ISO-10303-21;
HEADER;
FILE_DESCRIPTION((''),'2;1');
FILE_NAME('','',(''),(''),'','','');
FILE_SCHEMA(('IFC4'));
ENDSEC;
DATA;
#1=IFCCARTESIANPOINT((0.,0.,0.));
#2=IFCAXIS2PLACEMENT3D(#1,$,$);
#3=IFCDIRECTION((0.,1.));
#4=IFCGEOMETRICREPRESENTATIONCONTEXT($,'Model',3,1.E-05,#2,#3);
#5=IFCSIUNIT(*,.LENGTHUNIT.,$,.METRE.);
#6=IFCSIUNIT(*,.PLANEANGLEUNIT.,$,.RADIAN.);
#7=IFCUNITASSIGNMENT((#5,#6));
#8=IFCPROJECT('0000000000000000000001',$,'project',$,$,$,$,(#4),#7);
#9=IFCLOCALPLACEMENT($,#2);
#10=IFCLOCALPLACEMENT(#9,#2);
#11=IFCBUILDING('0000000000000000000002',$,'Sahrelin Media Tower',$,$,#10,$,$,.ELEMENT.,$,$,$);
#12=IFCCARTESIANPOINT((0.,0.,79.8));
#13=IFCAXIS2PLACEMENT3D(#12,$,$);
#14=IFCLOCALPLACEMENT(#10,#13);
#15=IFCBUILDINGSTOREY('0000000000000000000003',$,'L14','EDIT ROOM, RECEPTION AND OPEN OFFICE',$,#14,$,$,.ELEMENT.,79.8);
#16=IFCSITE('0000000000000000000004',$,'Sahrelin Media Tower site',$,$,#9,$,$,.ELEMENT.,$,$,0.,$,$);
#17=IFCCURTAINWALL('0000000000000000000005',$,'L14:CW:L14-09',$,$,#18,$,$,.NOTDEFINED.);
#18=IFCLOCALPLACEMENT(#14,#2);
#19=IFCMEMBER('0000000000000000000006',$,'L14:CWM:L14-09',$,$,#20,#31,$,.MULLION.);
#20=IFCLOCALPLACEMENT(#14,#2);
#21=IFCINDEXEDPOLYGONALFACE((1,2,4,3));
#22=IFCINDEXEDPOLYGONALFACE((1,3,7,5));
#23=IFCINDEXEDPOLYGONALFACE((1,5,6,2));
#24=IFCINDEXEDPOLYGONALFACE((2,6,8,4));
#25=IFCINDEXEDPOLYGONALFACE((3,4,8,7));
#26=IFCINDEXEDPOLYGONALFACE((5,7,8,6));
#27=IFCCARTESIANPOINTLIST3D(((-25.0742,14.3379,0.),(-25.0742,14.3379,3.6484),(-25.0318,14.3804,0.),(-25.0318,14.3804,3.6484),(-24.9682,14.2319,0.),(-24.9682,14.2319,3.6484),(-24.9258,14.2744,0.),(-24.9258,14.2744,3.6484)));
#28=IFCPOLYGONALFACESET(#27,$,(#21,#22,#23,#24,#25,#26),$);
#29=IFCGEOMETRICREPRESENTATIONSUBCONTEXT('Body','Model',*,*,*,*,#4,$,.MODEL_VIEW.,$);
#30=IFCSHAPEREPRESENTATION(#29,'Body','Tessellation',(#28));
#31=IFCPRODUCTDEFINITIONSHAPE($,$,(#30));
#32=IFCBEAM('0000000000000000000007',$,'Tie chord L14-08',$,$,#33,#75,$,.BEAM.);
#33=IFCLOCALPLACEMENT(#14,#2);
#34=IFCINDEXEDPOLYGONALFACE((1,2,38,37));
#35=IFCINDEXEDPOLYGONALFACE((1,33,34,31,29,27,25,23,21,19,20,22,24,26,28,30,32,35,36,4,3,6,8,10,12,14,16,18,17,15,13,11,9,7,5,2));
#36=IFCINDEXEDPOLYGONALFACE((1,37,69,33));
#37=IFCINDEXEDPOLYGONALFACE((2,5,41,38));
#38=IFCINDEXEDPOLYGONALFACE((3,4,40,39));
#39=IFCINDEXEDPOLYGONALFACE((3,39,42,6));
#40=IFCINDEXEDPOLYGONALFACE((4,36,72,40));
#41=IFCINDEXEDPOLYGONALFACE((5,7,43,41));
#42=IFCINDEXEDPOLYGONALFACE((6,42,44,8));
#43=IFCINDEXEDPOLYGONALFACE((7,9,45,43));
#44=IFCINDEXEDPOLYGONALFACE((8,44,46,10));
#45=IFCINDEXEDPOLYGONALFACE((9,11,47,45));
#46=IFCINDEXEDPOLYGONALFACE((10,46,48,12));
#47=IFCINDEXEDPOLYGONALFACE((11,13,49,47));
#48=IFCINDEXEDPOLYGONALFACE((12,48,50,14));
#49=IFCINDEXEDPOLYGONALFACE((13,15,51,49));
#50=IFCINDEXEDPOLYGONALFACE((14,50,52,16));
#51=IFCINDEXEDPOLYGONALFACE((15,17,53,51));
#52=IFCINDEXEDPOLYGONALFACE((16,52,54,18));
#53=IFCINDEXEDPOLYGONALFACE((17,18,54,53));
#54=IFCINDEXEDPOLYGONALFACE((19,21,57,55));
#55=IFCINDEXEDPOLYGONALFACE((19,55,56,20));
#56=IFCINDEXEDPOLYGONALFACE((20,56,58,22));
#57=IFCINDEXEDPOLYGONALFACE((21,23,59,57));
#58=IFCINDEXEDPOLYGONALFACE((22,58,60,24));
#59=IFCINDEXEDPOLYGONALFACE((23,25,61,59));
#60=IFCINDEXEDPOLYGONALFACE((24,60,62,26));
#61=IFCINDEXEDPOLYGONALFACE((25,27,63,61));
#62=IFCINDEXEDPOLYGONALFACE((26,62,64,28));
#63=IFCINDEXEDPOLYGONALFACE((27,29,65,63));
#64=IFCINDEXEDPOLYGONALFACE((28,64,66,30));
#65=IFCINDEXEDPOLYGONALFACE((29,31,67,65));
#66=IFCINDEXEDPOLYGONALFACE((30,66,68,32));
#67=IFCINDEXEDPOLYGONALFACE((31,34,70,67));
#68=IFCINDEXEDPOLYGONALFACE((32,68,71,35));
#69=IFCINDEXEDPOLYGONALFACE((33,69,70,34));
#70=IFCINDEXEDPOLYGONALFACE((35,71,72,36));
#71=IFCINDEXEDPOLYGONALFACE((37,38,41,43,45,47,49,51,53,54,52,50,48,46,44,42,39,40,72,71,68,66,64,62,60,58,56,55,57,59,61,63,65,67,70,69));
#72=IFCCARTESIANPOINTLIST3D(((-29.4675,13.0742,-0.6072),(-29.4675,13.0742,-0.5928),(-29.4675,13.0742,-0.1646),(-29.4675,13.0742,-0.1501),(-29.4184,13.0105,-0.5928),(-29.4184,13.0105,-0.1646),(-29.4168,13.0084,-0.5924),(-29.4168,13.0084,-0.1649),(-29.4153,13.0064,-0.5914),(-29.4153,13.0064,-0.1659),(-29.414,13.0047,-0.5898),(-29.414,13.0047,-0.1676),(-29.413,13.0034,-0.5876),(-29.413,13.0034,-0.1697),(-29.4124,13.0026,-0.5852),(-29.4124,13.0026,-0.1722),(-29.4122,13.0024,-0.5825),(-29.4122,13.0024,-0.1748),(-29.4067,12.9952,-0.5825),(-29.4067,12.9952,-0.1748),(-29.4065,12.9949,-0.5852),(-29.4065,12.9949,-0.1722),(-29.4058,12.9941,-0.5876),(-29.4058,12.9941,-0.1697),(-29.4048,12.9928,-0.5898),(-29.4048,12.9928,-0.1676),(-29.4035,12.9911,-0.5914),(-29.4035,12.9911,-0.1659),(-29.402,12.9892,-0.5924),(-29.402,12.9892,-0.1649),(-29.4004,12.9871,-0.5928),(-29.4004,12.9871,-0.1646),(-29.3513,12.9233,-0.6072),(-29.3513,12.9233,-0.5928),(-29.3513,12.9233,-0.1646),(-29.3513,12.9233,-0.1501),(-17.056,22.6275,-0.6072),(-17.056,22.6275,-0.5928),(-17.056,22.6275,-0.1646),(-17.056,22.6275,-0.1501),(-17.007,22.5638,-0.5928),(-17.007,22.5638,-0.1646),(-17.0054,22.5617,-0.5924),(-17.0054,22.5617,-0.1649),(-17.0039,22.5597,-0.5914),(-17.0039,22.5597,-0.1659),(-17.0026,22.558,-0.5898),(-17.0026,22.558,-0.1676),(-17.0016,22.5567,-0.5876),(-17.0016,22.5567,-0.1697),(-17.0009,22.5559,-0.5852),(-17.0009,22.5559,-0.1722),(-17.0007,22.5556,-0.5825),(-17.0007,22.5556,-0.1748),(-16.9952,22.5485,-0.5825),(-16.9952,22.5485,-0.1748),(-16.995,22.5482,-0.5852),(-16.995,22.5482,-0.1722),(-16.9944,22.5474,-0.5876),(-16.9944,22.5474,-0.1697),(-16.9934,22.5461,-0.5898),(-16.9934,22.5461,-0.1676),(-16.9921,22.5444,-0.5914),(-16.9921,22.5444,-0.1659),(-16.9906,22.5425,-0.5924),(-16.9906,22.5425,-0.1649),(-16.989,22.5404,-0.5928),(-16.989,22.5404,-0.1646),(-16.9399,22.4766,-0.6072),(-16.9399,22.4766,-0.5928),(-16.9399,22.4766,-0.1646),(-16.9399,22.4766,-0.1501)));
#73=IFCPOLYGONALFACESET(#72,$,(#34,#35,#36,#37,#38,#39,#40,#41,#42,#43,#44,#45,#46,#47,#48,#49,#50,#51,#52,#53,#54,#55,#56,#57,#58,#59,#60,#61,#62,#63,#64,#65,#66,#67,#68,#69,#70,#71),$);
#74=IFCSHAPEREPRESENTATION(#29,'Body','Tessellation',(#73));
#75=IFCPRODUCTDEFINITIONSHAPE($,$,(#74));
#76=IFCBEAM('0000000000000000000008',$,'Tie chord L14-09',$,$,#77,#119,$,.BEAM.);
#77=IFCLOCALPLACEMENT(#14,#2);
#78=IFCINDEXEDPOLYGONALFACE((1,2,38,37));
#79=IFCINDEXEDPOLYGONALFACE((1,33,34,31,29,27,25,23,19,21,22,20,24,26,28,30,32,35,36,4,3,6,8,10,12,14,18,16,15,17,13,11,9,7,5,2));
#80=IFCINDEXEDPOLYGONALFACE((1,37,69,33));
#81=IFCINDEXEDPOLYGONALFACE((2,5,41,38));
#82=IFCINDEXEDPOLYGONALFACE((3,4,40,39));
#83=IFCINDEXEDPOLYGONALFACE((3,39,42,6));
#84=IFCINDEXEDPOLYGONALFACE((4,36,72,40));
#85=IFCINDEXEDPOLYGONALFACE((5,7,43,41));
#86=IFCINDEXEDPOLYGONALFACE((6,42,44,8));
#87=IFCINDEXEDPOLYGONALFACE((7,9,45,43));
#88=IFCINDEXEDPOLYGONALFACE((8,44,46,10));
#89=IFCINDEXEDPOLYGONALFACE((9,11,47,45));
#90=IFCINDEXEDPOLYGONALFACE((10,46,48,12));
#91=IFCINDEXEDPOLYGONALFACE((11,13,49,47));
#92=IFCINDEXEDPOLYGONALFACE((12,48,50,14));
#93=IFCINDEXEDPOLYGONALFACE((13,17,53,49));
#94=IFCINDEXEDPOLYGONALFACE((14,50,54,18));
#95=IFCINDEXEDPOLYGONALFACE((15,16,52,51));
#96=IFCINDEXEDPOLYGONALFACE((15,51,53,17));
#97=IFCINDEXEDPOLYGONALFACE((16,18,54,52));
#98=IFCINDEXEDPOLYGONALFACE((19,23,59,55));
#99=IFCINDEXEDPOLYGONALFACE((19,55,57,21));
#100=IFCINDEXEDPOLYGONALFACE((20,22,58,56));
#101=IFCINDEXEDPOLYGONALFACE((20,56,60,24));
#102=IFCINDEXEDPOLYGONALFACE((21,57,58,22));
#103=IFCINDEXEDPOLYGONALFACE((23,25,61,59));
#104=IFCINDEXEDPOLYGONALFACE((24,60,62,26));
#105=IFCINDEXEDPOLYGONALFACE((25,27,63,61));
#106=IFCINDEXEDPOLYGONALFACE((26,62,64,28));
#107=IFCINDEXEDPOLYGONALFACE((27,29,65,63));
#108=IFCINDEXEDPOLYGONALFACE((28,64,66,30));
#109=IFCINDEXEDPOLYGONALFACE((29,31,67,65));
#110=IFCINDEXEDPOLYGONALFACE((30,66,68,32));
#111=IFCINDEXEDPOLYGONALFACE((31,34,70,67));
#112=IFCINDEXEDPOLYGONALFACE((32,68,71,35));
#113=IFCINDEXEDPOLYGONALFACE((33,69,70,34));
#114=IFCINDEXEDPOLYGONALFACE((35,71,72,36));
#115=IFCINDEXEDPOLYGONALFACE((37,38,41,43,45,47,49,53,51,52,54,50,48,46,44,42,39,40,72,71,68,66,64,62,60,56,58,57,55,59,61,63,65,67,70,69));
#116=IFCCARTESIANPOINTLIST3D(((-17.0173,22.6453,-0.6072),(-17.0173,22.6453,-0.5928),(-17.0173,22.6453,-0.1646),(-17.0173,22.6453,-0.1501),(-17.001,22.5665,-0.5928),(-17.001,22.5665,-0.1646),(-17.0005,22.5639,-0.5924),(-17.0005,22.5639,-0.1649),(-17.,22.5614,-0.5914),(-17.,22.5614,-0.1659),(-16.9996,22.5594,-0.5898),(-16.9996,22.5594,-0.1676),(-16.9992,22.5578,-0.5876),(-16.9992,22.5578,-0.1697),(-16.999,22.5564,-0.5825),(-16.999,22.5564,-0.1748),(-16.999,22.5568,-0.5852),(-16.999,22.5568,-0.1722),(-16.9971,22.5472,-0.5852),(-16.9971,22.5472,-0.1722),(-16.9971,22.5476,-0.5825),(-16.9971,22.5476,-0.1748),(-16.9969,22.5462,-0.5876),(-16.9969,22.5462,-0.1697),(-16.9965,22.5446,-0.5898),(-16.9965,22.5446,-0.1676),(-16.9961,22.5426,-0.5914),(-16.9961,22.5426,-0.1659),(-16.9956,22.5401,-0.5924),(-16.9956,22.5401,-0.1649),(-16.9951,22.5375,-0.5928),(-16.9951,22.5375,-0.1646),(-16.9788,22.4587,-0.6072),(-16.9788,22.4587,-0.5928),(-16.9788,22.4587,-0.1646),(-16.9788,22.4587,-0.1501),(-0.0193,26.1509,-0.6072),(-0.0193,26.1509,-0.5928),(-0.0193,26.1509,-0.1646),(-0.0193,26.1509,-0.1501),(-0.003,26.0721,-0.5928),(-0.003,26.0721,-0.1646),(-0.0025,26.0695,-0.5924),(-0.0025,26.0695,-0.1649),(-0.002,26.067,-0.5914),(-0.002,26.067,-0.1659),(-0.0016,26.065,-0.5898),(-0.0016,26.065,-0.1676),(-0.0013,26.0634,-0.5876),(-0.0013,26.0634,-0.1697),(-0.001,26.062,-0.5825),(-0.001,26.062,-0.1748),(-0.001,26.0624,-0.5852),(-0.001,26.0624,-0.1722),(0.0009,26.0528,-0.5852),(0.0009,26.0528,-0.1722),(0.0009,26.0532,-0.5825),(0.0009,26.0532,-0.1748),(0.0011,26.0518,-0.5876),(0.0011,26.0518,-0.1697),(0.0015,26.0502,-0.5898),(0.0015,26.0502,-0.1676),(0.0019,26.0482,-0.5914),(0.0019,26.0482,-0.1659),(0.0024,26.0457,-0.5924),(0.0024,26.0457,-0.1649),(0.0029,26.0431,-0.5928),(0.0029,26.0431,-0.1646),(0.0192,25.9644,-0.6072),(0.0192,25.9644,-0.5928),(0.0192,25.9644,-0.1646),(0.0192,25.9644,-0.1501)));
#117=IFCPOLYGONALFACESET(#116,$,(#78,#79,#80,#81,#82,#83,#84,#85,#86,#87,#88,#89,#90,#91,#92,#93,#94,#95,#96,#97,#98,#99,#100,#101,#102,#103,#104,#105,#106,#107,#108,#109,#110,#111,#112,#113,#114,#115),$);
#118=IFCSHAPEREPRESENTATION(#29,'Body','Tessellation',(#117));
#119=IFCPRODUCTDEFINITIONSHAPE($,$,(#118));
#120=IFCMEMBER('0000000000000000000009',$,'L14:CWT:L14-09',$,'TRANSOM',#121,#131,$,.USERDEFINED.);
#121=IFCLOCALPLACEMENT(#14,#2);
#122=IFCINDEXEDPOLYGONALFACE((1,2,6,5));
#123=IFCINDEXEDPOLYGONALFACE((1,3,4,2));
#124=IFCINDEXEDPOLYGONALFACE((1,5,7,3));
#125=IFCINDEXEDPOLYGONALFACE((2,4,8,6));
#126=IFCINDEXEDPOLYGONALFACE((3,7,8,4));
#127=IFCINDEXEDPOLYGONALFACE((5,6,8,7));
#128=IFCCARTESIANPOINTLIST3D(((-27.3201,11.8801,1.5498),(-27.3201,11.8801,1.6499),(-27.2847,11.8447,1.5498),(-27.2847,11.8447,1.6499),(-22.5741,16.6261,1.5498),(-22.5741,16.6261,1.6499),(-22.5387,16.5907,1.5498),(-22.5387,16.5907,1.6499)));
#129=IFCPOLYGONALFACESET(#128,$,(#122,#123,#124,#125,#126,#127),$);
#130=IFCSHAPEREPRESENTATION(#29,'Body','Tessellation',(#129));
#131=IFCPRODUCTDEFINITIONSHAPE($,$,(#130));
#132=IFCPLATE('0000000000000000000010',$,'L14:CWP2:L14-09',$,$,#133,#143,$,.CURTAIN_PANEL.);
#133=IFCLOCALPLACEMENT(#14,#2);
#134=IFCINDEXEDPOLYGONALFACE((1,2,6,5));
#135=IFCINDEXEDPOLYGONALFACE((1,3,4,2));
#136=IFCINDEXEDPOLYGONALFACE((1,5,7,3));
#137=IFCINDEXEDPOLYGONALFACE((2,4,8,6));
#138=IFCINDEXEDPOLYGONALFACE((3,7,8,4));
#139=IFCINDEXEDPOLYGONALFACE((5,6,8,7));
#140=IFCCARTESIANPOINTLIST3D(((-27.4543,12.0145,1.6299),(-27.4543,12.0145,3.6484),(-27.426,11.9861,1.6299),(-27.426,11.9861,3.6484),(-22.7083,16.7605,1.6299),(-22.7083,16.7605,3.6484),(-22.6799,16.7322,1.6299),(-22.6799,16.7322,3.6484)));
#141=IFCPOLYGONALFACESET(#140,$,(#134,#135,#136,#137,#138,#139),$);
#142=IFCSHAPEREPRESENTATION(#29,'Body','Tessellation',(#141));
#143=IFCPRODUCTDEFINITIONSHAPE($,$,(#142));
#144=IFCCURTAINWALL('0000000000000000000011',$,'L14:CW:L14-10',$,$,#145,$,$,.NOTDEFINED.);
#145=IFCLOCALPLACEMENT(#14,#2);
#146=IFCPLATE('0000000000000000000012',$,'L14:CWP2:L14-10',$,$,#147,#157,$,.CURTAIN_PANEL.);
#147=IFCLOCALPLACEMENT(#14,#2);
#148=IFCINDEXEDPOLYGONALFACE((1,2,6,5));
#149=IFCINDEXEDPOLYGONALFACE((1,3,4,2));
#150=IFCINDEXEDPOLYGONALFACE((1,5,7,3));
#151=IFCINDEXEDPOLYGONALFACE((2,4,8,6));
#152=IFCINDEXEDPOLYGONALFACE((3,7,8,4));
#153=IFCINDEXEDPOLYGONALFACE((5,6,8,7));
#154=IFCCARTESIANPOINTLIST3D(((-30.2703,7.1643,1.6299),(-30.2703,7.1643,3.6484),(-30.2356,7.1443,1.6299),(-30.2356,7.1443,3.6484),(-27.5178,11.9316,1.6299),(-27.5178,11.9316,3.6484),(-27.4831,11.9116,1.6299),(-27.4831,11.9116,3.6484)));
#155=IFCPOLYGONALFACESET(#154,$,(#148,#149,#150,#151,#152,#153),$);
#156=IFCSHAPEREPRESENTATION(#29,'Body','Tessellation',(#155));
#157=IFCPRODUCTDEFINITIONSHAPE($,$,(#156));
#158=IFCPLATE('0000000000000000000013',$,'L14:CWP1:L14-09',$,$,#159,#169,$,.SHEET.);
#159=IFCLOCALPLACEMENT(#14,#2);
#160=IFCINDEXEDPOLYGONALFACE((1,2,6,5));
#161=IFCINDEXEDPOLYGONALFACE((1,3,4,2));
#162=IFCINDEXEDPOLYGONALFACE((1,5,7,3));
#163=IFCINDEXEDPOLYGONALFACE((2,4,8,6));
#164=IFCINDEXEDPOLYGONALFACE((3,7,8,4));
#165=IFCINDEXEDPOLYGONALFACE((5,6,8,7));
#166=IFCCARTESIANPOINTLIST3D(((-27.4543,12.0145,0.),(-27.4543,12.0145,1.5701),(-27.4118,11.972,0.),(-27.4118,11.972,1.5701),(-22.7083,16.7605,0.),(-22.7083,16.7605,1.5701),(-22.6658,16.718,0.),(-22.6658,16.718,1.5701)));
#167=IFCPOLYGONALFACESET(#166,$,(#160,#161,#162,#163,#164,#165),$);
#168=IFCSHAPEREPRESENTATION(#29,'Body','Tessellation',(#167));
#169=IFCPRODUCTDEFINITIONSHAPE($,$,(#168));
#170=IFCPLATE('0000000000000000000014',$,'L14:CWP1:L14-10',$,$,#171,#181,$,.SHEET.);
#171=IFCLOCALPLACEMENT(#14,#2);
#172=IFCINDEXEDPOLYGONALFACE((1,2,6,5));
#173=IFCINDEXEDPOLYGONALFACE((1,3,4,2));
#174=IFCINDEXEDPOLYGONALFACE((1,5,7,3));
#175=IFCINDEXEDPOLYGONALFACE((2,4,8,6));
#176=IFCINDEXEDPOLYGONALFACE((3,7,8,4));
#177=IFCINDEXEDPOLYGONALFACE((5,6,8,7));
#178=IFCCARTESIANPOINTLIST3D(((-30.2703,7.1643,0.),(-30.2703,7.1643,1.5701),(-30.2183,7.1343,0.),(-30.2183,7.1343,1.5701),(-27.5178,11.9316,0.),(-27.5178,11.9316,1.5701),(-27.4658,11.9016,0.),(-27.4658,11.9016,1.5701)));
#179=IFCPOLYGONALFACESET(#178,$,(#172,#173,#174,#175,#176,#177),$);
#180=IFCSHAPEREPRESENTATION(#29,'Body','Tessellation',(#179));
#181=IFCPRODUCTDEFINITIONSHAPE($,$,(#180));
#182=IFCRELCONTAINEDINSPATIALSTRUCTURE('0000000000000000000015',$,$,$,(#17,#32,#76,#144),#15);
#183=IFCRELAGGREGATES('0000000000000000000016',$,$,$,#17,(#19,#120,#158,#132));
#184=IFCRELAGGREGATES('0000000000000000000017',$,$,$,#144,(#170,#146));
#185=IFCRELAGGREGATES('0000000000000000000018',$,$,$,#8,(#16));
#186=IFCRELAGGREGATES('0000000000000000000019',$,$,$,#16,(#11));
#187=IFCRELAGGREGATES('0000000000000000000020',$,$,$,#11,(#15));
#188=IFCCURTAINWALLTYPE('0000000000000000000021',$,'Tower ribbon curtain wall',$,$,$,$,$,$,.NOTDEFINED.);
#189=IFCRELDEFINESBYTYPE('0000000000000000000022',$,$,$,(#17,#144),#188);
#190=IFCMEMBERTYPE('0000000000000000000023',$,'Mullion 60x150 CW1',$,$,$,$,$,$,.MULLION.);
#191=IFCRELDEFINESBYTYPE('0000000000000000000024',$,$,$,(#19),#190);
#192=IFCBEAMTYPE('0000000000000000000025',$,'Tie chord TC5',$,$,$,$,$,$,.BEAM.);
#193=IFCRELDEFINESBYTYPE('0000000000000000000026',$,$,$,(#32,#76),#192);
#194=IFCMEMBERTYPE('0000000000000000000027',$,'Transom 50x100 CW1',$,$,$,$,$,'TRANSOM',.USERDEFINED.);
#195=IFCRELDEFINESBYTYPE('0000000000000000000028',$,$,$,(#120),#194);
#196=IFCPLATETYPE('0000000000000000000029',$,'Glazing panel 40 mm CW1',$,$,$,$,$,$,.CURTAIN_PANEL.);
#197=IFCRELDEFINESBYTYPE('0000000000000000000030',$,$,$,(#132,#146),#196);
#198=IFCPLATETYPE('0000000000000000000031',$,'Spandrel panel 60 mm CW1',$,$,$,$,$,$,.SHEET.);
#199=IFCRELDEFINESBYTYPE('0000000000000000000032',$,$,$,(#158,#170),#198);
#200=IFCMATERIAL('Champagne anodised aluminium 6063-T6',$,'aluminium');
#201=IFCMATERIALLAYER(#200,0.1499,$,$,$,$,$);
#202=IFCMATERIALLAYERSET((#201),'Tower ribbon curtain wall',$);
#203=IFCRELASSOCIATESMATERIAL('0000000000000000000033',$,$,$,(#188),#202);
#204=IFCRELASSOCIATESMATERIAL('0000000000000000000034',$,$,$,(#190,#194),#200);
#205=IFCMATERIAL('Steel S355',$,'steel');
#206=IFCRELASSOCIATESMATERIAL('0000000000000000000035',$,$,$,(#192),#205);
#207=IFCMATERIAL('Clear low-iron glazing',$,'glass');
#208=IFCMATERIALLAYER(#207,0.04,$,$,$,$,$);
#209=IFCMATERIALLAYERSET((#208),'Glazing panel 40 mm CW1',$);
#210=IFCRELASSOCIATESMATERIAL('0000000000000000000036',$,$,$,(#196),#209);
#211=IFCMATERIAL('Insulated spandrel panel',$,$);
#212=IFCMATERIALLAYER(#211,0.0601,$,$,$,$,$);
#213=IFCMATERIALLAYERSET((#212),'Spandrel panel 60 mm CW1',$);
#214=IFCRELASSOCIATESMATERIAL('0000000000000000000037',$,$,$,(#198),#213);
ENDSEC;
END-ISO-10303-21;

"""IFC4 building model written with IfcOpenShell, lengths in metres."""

from ifc_helpers import new_model, si_unit, direction, frame, origin, origin_2d, place, context, subcontext, project, spatial, polyline, rectangle, i_section, outline, extrude, material, layer, layer_set, material_profile, profile_set, type_object, element, aggregate, save


model = new_model("IFC4")

# Units and contexts
model_context = context("Model", 3, precision=1e-05, world=origin(), true_north=direction((0.0, 1.0)))
body_context = subcontext(model_context, "Body", "Model", "MODEL_VIEW")
ifc_project = project(units=[si_unit("LENGTHUNIT", "METRE"), si_unit("PLANEANGLEUNIT", "RADIAN")], contexts=[model_context])

# Site, building, storey
site_placement = place(None, origin())
site = spatial("IfcSite", under=ifc_project, at=site_placement, Name="Sahrelin Media Tower site", CompositionType="ELEMENT", RefElevation=0.0)
building_placement = place(site_placement, origin())
building = spatial("IfcBuilding", under=site, at=building_placement, Name="Sahrelin Media Tower", CompositionType="ELEMENT")
storey_placement = place(building_placement, frame((0.0, 0.0, 79.8)))
storey = spatial("IfcBuildingStorey", under=building, at=storey_placement, Name="L14", Description="EDIT ROOM, RECEPTION AND OPEN OFFICE", CompositionType="ELEMENT", Elevation=79.8)

# Shared definitions
ifc_material_1 = material(Name="Steel S355", Category="steel")

# Curtain wall, member
ifc_material_2 = material(Name="Champagne anodised aluminium 6063-T6", Category="aluminium")
ifc_layer_1 = layer(ifc_material_2, 0.1499)
ifc_layer_set_1 = layer_set([ifc_layer_1], Name="Tower ribbon curtain wall")
curtain_wall_type = type_object("IfcCurtainWallType", Name="Tower ribbon curtain wall", PredefinedType="NOTDEFINED", material=ifc_layer_set_1)
ifc_material_profile_1 = material_profile(ifc_material_2, rectangle(XDim=0.0601, YDim=0.1499, at=origin_2d()), Name="Mullion 60x150")
ifc_profile_set_1 = profile_set([ifc_material_profile_1], Name="Champagne anodised aluminium 6063-T6")
member_type_1 = type_object("IfcMemberType", Name="Mullion 60x150 CW1", PredefinedType="MULLION", material=ifc_profile_set_1)
curtain_wall_1_placement = place(storey_placement, frame((-25.0671, 14.3733, 0.0), z_axis=(0.0, 0.0, 1.0), x_axis=(1.0, 0.0, 0.0)))
curtain_wall_1 = element("IfcCurtainWall", 1, at=curtain_wall_1_placement, inside=storey, type_object=curtain_wall_type, Name="L14:CW:L14-09", PredefinedType="NOTDEFINED")
member_1_placement = place(storey_placement, frame((-25.0, 14.3062, 0.0), z_axis=(0.0, 0.0, 1.0), x_axis=(-0.707107, -0.707107, 0.0)))
member_1 = element("IfcMember", 2, at=member_1_placement, type_object=member_type_1, Name="L14:CWM:L14-09", PredefinedType="MULLION", context=body_context, shape_type="SweptSolid", body=[
    extrude(rectangle(XDim=0.0601, YDim=0.1499, at=origin_2d()), origin(), (0.0, 0.0, 1.0), 3.6484),
])

# Beams
ifc_material_profile_2 = material_profile(ifc_material_1, i_section(OverallWidth=0.1904, OverallDepth=0.457, WebThickness=0.009, FlangeThickness=0.0144, FilletRadius=0.0103, at=origin_2d()), Name="UB 457x191x74")
ifc_profile_set_2 = profile_set([ifc_material_profile_2], Name="Steel S355")
beam_type_1 = type_object("IfcBeamType", Name="Tie chord TC5", PredefinedType="BEAM", material=ifc_profile_set_2)
beam_1_placement = place(storey_placement, frame((-29.4094, 12.9988, -0.3787), z_axis=(0.792439, 0.609952, 0.0), x_axis=(-0.609952, 0.792439, 0.0)))
element("IfcBeam", 3, at=beam_1_placement, inside=storey, type_object=beam_type_1, Name="Tie chord L14-08", PredefinedType="BEAM", context=body_context, shape_type="SweptSolid", body=[
    extrude(i_section(OverallWidth=0.1904, OverallDepth=0.457, WebThickness=0.009, FlangeThickness=0.0144, FilletRadius=0.0103, at=origin_2d()), origin(), (0.0, 0.0, 1.0), 15.6624),
])
beam_2_placement = place(storey_placement, frame((-16.998, 22.552, -0.3787), z_axis=(0.979389, 0.201986, 0.0), x_axis=(-0.201986, 0.979389, 0.0)))
element("IfcBeam", 4, at=beam_2_placement, inside=storey, type_object=beam_type_1, Name="Tie chord L14-09", PredefinedType="BEAM", context=body_context, shape_type="SweptSolid", body=[
    extrude(i_section(OverallWidth=0.1904, OverallDepth=0.457, WebThickness=0.009, FlangeThickness=0.0144, FilletRadius=0.0103, at=origin_2d()), origin(), (0.0, 0.0, 1.0), 17.3557),
])

# Member
ifc_material_profile_3 = material_profile(ifc_material_2, rectangle(XDim=0.05, YDim=0.1001, at=origin_2d()), Name="Transom 50x100")
ifc_profile_set_3 = profile_set([ifc_material_profile_3], Name="Champagne anodised aluminium 6063-T6")
member_type_2 = type_object("IfcMemberType", Name="Transom 50x100 CW1", ElementType="TRANSOM", PredefinedType="USERDEFINED", material=ifc_profile_set_3)
member_2_placement = place(storey_placement, frame((-22.5564, 16.6084, 1.5999), z_axis=(-0.707107, -0.707107, 0.0), x_axis=(0.707107, -0.707107, 0.0)))
member_2 = element("IfcMember", 5, at=member_2_placement, type_object=member_type_2, Name="L14:CWT:L14-09", ObjectType="TRANSOM", PredefinedType="USERDEFINED", context=body_context, shape_type="SweptSolid", body=[
    extrude(rectangle(XDim=0.05, YDim=0.1001, at=origin_2d()), origin(), (0.0, 0.0, 1.0), 6.7119),
])

# Plate
ifc_material_3 = material(Name="Clear low-iron glazing", Category="glass")
ifc_layer_2 = layer(ifc_material_3, 0.04)
ifc_layer_set_2 = layer_set([ifc_layer_2], Name="Glazing panel 40 mm CW1")
plate_type_1 = type_object("IfcPlateType", Name="Glazing panel 40 mm CW1", PredefinedType="CURTAIN_PANEL", material=ifc_layer_set_2)
plate_1_placement = place(storey_placement, frame((-22.7083, 16.7605, 1.6299), z_axis=(-0.707107, 0.707107, 0.0), x_axis=(-0.707107, -0.707107, 0.0)))
plate_1 = element("IfcPlate", 6, at=plate_1_placement, type_object=plate_type_1, Name="L14:CWP2:L14-09", PredefinedType="CURTAIN_PANEL", context=body_context, shape_type="SweptSolid", body=[
    extrude(outline(polyline([(0.0, 0.0), (6.7119, 0.0), (6.7119, 2.0186), (0.0, 2.0186), (0.0, 0.0)])), origin(), (0.0, 0.0, -1.0), 0.04),
])

# Curtain wall, plate
curtain_wall_2_placement = place(storey_placement, frame((-28.8767, 9.5378, 0.0), z_axis=(0.0, 0.0, 1.0), x_axis=(1.0, 0.0, 0.0)))
curtain_wall_2 = element("IfcCurtainWall", 7, at=curtain_wall_2_placement, inside=storey, type_object=curtain_wall_type, Name="L14:CW:L14-10", PredefinedType="NOTDEFINED")
plate_2_placement = place(storey_placement, frame((-27.5178, 11.9316, 1.6299), z_axis=(-0.866024, 0.500003, 0.0), x_axis=(-0.500003, -0.866024, 0.0)))
plate_2 = element("IfcPlate", 8, at=plate_2_placement, type_object=plate_type_1, Name="L14:CWP2:L14-10", PredefinedType="CURTAIN_PANEL", context=body_context, shape_type="SweptSolid", body=[
    extrude(outline(polyline([(0.0, 0.0), (5.5049, 0.0), (5.5049, 2.0186), (0.0, 2.0186), (0.0, 0.0)])), origin(), (0.0, 0.0, -1.0), 0.04),
])

# Plates
ifc_material_4 = material(Name="Insulated spandrel panel")
ifc_layer_3 = layer(ifc_material_4, 0.0601)
ifc_layer_set_3 = layer_set([ifc_layer_3], Name="Spandrel panel 60 mm CW1")
plate_type_2 = type_object("IfcPlateType", Name="Spandrel panel 60 mm CW1", PredefinedType="SHEET", material=ifc_layer_set_3)
plate_3_placement = place(storey_placement, frame((-22.7083, 16.7605, 0.0), z_axis=(-0.707107, 0.707107, 0.0), x_axis=(-0.707107, -0.707107, 0.0)))
plate_3 = element("IfcPlate", 9, at=plate_3_placement, type_object=plate_type_2, Name="L14:CWP1:L14-09", PredefinedType="SHEET", context=body_context, shape_type="SweptSolid", body=[
    extrude(outline(polyline([(0.0, 0.0), (6.7119, 0.0), (6.7119, 1.5701), (0.0, 1.5701), (0.0, 0.0)])), origin(), (0.0, 0.0, -1.0), 0.0601),
])
aggregate(curtain_wall_1, [member_1, member_2, plate_3, plate_1])
plate_4_placement = place(storey_placement, frame((-27.5178, 11.9316, 0.0), z_axis=(-0.866024, 0.500003, 0.0), x_axis=(-0.500003, -0.866024, 0.0)))
plate_4 = element("IfcPlate", 10, at=plate_4_placement, type_object=plate_type_2, Name="L14:CWP1:L14-10", PredefinedType="SHEET", context=body_context, shape_type="SweptSolid", body=[
    extrude(outline(polyline([(0.0, 0.0), (5.5049, 0.0), (5.5049, 1.5701), (0.0, 1.5701), (0.0, 0.0)])), origin(), (0.0, 0.0, -1.0), 0.0601),
])
aggregate(curtain_wall_2, [plate_4, plate_2])

save(model, "model.ifc")
